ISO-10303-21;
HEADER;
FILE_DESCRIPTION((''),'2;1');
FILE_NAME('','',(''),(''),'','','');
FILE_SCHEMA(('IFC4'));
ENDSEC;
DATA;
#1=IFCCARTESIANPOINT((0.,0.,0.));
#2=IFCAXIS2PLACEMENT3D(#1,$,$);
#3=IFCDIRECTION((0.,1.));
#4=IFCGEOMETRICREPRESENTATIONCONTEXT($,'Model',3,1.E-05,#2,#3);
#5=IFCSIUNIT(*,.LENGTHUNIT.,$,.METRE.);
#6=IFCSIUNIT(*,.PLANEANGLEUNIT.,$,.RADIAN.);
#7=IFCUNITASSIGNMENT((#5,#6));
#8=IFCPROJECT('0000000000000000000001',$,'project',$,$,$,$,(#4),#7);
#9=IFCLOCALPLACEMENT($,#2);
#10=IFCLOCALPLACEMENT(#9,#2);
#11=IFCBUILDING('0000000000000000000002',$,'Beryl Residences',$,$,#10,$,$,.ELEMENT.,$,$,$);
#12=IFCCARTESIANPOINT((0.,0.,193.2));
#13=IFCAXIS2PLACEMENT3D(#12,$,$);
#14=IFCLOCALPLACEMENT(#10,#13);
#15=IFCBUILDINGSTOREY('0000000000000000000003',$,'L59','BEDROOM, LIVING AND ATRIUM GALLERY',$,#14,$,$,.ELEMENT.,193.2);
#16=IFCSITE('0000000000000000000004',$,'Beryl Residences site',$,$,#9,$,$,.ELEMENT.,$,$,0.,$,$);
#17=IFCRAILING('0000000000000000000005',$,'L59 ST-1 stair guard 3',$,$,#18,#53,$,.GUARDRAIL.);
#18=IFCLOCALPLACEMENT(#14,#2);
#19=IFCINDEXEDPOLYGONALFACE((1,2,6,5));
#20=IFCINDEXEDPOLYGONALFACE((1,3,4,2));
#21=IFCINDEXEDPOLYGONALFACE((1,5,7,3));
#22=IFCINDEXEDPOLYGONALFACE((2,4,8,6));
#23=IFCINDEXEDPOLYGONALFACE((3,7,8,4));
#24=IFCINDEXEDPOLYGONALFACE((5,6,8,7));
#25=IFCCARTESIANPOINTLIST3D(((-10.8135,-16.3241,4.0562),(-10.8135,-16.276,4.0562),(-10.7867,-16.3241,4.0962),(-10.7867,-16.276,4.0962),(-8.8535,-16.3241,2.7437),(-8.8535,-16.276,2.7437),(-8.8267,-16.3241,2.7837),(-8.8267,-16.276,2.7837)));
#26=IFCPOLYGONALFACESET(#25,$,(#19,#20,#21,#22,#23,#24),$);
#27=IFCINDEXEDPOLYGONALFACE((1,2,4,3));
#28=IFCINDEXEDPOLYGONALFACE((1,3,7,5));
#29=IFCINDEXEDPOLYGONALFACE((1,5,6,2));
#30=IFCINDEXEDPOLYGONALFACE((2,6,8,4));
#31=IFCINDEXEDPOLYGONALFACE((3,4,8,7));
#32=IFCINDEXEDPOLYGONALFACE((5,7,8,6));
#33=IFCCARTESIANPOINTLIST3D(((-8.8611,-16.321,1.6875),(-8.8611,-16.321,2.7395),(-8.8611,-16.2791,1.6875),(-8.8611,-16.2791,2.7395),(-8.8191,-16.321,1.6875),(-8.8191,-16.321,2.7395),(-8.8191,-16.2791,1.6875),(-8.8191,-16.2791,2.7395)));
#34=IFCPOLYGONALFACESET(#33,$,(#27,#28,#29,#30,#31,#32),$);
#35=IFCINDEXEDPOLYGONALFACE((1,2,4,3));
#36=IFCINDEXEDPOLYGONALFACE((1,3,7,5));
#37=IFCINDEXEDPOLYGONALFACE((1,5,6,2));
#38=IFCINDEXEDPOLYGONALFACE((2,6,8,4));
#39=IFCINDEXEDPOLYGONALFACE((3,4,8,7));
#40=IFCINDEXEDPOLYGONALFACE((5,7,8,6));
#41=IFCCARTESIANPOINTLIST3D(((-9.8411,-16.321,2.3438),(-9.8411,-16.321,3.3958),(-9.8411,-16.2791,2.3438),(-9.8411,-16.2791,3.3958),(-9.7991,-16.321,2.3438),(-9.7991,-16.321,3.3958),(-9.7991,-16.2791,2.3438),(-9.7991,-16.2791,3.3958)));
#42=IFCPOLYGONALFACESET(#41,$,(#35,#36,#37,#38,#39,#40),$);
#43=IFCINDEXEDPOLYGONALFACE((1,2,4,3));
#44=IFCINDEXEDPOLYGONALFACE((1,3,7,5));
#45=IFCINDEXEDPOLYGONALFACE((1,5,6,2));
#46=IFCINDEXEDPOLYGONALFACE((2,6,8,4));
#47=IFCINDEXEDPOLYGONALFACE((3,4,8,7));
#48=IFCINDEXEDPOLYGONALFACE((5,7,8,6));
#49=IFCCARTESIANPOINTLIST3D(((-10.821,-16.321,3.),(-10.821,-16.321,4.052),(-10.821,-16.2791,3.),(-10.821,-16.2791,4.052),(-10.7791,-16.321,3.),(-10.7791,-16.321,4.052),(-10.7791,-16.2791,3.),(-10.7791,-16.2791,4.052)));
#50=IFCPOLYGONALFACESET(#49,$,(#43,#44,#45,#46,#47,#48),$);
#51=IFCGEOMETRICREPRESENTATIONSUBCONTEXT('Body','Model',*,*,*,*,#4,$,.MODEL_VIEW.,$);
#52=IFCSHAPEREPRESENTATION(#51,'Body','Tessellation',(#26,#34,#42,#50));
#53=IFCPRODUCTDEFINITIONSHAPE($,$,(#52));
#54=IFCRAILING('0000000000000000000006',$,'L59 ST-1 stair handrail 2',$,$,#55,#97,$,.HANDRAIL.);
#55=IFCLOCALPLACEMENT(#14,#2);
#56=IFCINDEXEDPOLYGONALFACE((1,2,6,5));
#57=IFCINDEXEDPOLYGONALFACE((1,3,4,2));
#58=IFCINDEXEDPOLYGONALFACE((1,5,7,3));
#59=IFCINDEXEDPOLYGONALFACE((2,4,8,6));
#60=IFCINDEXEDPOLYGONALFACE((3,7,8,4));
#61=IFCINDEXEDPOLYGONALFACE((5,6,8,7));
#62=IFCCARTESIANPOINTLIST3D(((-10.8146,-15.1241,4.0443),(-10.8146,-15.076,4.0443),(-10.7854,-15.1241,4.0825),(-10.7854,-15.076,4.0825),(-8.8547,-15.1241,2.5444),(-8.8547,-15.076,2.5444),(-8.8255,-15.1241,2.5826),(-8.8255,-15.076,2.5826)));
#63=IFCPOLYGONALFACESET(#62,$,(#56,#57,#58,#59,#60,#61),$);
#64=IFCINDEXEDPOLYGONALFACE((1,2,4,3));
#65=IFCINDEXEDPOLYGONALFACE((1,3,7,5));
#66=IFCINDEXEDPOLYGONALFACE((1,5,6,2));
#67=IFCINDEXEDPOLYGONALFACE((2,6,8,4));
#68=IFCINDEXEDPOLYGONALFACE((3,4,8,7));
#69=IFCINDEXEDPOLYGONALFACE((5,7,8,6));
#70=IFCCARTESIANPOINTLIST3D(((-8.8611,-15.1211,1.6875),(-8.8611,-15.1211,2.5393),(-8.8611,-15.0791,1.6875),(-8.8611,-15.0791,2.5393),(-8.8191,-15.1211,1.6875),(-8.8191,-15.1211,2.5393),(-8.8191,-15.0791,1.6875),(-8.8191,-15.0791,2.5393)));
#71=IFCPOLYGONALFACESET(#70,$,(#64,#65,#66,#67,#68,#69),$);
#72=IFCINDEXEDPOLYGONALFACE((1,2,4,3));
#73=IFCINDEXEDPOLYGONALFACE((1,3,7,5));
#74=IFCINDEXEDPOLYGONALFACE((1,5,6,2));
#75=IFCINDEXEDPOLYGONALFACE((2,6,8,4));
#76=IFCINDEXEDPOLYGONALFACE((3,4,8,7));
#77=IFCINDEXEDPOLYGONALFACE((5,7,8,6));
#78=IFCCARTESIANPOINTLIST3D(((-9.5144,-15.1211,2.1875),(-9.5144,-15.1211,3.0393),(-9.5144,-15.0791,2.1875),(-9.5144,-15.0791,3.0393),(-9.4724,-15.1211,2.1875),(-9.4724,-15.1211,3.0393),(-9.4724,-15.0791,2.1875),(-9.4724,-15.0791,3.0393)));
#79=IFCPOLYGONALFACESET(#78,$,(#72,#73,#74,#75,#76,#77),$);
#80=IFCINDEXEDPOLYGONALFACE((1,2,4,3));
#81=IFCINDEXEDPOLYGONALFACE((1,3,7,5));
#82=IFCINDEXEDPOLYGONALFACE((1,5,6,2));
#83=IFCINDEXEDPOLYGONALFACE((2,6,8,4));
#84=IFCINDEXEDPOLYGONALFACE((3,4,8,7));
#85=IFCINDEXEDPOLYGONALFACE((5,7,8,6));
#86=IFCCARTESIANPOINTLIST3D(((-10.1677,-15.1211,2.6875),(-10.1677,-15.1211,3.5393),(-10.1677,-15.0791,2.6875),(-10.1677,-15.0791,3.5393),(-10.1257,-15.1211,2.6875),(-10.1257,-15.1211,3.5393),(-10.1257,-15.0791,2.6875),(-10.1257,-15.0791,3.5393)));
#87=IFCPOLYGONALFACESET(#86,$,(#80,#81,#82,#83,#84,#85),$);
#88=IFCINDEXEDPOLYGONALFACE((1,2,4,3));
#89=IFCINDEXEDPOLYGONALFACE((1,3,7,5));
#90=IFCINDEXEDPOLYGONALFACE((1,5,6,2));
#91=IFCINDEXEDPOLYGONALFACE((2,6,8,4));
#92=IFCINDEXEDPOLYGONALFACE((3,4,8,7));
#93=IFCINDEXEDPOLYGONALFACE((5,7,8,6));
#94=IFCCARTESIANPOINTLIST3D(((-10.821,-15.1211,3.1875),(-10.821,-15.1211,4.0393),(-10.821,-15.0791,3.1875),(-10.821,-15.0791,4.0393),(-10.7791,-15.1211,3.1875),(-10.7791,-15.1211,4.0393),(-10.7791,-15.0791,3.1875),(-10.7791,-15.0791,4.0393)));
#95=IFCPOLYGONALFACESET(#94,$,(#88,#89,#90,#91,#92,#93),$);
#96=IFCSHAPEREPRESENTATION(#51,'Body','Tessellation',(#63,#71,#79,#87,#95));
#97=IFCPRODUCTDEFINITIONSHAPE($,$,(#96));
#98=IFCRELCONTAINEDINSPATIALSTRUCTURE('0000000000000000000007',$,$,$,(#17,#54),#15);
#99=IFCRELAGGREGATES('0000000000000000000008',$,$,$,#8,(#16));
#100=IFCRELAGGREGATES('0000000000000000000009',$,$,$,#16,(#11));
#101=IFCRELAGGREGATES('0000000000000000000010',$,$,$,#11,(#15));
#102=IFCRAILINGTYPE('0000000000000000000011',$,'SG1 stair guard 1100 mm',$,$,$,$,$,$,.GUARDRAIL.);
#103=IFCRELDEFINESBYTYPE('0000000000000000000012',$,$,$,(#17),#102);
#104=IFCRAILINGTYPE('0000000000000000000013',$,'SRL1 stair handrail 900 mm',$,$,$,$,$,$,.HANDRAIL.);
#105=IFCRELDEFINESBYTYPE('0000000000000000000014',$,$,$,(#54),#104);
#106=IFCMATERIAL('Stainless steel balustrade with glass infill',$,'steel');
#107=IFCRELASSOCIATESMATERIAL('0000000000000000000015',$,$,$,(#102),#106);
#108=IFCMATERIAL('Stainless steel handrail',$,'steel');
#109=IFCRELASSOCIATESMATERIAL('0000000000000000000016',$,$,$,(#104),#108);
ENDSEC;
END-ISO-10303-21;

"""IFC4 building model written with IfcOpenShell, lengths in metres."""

from ifc_helpers import new_model, si_unit, direction, frame, origin, origin_2d, place, context, subcontext, project, spatial, rectangle, extrude, material, type_object, element, save


model = new_model("IFC4")

# Units and contexts
model_context = context("Model", 3, precision=1e-05, world=origin(), true_north=direction((0.0, 1.0)))
body_context = subcontext(model_context, "Body", "Model", "MODEL_VIEW")
ifc_project = project(units=[si_unit("LENGTHUNIT", "METRE"), si_unit("PLANEANGLEUNIT", "RADIAN")], contexts=[model_context])

# Site, building, storey
site_placement = place(None, origin())
site = spatial("IfcSite", under=ifc_project, at=site_placement, Name="Beryl Residences site", CompositionType="ELEMENT", RefElevation=0.0)
building_placement = place(site_placement, origin())
building = spatial("IfcBuilding", under=site, at=building_placement, Name="Beryl Residences", CompositionType="ELEMENT")
storey_placement = place(building_placement, frame((0.0, 0.0, 193.2)))
storey = spatial("IfcBuildingStorey", under=building, at=storey_placement, Name="L59", Description="BEDROOM, LIVING AND ATRIUM GALLERY", CompositionType="ELEMENT", Elevation=193.2)

# Railings
ifc_material_1 = material(Name="Stainless steel balustrade with glass infill", Category="steel")
railing_type_1 = type_object("IfcRailingType", Name="SG1 stair guard 1100 mm", PredefinedType="GUARDRAIL", material=ifc_material_1)
railing_1_placement = place(storey_placement, frame((-8.8401, -16.3, 1.6875)))
element("IfcRailing", 1, at=railing_1_placement, inside=storey, type_object=railing_type_1, Name="L59 ST-1 stair guard 3", PredefinedType="GUARDRAIL", context=body_context, shape_type="SweptSolid", body=[
    extrude(rectangle(XDim=0.0481, YDim=0.0481, at=origin_2d()), frame((0.0, 0.0, 1.0762), z_axis=(-0.830902, 0.0, 0.556419), x_axis=(0.0, -1.0, 0.0)), (0.0, 0.0, 1.0), 2.3589),
    extrude(rectangle(XDim=0.042, YDim=0.042, at=origin_2d()), origin(), (0.0, 0.0, 1.0), 1.052),
    extrude(rectangle(XDim=0.042, YDim=0.042, at=origin_2d()), frame((-0.98, 0.0, 0.6562)), (0.0, 0.0, 1.0), 1.052),
    extrude(rectangle(XDim=0.042, YDim=0.042, at=origin_2d()), frame((-1.96, 0.0, 1.3125)), (0.0, 0.0, 1.0), 1.052),
])
ifc_material_2 = material(Name="Stainless steel handrail", Category="steel")
railing_type_2 = type_object("IfcRailingType", Name="SRL1 stair handrail 900 mm", PredefinedType="HANDRAIL", material=ifc_material_2)
railing_2_placement = place(storey_placement, frame((-8.8401, -15.1001, 1.6875)))
element("IfcRailing", 2, at=railing_2_placement, inside=storey, type_object=railing_type_2, Name="L59 ST-1 stair handrail 2", PredefinedType="HANDRAIL", context=body_context, shape_type="SweptSolid", body=[
    extrude(rectangle(XDim=0.0481, YDim=0.0481, at=origin_2d()), frame((0.0, 0.0, 0.876), z_axis=(-0.794122, 0.0, 0.607758), x_axis=(0.0, -1.0, 0.0)), (0.0, 0.0, 1.0), 2.468),
    extrude(rectangle(XDim=0.042, YDim=0.042, at=origin_2d()), origin(), (0.0, 0.0, 1.0), 0.8518),
    extrude(rectangle(XDim=0.042, YDim=0.042, at=origin_2d()), frame((-0.6533, 0.0, 0.5)), (0.0, 0.0, 1.0), 0.8518),
    extrude(rectangle(XDim=0.042, YDim=0.042, at=origin_2d()), frame((-1.3066, 0.0, 1.0)), (0.0, 0.0, 1.0), 0.8518),
    extrude(rectangle(XDim=0.042, YDim=0.042, at=origin_2d()), frame((-1.96, 0.0, 1.5)), (0.0, 0.0, 1.0), 0.8518),
])

save(model, "model.ifc")
